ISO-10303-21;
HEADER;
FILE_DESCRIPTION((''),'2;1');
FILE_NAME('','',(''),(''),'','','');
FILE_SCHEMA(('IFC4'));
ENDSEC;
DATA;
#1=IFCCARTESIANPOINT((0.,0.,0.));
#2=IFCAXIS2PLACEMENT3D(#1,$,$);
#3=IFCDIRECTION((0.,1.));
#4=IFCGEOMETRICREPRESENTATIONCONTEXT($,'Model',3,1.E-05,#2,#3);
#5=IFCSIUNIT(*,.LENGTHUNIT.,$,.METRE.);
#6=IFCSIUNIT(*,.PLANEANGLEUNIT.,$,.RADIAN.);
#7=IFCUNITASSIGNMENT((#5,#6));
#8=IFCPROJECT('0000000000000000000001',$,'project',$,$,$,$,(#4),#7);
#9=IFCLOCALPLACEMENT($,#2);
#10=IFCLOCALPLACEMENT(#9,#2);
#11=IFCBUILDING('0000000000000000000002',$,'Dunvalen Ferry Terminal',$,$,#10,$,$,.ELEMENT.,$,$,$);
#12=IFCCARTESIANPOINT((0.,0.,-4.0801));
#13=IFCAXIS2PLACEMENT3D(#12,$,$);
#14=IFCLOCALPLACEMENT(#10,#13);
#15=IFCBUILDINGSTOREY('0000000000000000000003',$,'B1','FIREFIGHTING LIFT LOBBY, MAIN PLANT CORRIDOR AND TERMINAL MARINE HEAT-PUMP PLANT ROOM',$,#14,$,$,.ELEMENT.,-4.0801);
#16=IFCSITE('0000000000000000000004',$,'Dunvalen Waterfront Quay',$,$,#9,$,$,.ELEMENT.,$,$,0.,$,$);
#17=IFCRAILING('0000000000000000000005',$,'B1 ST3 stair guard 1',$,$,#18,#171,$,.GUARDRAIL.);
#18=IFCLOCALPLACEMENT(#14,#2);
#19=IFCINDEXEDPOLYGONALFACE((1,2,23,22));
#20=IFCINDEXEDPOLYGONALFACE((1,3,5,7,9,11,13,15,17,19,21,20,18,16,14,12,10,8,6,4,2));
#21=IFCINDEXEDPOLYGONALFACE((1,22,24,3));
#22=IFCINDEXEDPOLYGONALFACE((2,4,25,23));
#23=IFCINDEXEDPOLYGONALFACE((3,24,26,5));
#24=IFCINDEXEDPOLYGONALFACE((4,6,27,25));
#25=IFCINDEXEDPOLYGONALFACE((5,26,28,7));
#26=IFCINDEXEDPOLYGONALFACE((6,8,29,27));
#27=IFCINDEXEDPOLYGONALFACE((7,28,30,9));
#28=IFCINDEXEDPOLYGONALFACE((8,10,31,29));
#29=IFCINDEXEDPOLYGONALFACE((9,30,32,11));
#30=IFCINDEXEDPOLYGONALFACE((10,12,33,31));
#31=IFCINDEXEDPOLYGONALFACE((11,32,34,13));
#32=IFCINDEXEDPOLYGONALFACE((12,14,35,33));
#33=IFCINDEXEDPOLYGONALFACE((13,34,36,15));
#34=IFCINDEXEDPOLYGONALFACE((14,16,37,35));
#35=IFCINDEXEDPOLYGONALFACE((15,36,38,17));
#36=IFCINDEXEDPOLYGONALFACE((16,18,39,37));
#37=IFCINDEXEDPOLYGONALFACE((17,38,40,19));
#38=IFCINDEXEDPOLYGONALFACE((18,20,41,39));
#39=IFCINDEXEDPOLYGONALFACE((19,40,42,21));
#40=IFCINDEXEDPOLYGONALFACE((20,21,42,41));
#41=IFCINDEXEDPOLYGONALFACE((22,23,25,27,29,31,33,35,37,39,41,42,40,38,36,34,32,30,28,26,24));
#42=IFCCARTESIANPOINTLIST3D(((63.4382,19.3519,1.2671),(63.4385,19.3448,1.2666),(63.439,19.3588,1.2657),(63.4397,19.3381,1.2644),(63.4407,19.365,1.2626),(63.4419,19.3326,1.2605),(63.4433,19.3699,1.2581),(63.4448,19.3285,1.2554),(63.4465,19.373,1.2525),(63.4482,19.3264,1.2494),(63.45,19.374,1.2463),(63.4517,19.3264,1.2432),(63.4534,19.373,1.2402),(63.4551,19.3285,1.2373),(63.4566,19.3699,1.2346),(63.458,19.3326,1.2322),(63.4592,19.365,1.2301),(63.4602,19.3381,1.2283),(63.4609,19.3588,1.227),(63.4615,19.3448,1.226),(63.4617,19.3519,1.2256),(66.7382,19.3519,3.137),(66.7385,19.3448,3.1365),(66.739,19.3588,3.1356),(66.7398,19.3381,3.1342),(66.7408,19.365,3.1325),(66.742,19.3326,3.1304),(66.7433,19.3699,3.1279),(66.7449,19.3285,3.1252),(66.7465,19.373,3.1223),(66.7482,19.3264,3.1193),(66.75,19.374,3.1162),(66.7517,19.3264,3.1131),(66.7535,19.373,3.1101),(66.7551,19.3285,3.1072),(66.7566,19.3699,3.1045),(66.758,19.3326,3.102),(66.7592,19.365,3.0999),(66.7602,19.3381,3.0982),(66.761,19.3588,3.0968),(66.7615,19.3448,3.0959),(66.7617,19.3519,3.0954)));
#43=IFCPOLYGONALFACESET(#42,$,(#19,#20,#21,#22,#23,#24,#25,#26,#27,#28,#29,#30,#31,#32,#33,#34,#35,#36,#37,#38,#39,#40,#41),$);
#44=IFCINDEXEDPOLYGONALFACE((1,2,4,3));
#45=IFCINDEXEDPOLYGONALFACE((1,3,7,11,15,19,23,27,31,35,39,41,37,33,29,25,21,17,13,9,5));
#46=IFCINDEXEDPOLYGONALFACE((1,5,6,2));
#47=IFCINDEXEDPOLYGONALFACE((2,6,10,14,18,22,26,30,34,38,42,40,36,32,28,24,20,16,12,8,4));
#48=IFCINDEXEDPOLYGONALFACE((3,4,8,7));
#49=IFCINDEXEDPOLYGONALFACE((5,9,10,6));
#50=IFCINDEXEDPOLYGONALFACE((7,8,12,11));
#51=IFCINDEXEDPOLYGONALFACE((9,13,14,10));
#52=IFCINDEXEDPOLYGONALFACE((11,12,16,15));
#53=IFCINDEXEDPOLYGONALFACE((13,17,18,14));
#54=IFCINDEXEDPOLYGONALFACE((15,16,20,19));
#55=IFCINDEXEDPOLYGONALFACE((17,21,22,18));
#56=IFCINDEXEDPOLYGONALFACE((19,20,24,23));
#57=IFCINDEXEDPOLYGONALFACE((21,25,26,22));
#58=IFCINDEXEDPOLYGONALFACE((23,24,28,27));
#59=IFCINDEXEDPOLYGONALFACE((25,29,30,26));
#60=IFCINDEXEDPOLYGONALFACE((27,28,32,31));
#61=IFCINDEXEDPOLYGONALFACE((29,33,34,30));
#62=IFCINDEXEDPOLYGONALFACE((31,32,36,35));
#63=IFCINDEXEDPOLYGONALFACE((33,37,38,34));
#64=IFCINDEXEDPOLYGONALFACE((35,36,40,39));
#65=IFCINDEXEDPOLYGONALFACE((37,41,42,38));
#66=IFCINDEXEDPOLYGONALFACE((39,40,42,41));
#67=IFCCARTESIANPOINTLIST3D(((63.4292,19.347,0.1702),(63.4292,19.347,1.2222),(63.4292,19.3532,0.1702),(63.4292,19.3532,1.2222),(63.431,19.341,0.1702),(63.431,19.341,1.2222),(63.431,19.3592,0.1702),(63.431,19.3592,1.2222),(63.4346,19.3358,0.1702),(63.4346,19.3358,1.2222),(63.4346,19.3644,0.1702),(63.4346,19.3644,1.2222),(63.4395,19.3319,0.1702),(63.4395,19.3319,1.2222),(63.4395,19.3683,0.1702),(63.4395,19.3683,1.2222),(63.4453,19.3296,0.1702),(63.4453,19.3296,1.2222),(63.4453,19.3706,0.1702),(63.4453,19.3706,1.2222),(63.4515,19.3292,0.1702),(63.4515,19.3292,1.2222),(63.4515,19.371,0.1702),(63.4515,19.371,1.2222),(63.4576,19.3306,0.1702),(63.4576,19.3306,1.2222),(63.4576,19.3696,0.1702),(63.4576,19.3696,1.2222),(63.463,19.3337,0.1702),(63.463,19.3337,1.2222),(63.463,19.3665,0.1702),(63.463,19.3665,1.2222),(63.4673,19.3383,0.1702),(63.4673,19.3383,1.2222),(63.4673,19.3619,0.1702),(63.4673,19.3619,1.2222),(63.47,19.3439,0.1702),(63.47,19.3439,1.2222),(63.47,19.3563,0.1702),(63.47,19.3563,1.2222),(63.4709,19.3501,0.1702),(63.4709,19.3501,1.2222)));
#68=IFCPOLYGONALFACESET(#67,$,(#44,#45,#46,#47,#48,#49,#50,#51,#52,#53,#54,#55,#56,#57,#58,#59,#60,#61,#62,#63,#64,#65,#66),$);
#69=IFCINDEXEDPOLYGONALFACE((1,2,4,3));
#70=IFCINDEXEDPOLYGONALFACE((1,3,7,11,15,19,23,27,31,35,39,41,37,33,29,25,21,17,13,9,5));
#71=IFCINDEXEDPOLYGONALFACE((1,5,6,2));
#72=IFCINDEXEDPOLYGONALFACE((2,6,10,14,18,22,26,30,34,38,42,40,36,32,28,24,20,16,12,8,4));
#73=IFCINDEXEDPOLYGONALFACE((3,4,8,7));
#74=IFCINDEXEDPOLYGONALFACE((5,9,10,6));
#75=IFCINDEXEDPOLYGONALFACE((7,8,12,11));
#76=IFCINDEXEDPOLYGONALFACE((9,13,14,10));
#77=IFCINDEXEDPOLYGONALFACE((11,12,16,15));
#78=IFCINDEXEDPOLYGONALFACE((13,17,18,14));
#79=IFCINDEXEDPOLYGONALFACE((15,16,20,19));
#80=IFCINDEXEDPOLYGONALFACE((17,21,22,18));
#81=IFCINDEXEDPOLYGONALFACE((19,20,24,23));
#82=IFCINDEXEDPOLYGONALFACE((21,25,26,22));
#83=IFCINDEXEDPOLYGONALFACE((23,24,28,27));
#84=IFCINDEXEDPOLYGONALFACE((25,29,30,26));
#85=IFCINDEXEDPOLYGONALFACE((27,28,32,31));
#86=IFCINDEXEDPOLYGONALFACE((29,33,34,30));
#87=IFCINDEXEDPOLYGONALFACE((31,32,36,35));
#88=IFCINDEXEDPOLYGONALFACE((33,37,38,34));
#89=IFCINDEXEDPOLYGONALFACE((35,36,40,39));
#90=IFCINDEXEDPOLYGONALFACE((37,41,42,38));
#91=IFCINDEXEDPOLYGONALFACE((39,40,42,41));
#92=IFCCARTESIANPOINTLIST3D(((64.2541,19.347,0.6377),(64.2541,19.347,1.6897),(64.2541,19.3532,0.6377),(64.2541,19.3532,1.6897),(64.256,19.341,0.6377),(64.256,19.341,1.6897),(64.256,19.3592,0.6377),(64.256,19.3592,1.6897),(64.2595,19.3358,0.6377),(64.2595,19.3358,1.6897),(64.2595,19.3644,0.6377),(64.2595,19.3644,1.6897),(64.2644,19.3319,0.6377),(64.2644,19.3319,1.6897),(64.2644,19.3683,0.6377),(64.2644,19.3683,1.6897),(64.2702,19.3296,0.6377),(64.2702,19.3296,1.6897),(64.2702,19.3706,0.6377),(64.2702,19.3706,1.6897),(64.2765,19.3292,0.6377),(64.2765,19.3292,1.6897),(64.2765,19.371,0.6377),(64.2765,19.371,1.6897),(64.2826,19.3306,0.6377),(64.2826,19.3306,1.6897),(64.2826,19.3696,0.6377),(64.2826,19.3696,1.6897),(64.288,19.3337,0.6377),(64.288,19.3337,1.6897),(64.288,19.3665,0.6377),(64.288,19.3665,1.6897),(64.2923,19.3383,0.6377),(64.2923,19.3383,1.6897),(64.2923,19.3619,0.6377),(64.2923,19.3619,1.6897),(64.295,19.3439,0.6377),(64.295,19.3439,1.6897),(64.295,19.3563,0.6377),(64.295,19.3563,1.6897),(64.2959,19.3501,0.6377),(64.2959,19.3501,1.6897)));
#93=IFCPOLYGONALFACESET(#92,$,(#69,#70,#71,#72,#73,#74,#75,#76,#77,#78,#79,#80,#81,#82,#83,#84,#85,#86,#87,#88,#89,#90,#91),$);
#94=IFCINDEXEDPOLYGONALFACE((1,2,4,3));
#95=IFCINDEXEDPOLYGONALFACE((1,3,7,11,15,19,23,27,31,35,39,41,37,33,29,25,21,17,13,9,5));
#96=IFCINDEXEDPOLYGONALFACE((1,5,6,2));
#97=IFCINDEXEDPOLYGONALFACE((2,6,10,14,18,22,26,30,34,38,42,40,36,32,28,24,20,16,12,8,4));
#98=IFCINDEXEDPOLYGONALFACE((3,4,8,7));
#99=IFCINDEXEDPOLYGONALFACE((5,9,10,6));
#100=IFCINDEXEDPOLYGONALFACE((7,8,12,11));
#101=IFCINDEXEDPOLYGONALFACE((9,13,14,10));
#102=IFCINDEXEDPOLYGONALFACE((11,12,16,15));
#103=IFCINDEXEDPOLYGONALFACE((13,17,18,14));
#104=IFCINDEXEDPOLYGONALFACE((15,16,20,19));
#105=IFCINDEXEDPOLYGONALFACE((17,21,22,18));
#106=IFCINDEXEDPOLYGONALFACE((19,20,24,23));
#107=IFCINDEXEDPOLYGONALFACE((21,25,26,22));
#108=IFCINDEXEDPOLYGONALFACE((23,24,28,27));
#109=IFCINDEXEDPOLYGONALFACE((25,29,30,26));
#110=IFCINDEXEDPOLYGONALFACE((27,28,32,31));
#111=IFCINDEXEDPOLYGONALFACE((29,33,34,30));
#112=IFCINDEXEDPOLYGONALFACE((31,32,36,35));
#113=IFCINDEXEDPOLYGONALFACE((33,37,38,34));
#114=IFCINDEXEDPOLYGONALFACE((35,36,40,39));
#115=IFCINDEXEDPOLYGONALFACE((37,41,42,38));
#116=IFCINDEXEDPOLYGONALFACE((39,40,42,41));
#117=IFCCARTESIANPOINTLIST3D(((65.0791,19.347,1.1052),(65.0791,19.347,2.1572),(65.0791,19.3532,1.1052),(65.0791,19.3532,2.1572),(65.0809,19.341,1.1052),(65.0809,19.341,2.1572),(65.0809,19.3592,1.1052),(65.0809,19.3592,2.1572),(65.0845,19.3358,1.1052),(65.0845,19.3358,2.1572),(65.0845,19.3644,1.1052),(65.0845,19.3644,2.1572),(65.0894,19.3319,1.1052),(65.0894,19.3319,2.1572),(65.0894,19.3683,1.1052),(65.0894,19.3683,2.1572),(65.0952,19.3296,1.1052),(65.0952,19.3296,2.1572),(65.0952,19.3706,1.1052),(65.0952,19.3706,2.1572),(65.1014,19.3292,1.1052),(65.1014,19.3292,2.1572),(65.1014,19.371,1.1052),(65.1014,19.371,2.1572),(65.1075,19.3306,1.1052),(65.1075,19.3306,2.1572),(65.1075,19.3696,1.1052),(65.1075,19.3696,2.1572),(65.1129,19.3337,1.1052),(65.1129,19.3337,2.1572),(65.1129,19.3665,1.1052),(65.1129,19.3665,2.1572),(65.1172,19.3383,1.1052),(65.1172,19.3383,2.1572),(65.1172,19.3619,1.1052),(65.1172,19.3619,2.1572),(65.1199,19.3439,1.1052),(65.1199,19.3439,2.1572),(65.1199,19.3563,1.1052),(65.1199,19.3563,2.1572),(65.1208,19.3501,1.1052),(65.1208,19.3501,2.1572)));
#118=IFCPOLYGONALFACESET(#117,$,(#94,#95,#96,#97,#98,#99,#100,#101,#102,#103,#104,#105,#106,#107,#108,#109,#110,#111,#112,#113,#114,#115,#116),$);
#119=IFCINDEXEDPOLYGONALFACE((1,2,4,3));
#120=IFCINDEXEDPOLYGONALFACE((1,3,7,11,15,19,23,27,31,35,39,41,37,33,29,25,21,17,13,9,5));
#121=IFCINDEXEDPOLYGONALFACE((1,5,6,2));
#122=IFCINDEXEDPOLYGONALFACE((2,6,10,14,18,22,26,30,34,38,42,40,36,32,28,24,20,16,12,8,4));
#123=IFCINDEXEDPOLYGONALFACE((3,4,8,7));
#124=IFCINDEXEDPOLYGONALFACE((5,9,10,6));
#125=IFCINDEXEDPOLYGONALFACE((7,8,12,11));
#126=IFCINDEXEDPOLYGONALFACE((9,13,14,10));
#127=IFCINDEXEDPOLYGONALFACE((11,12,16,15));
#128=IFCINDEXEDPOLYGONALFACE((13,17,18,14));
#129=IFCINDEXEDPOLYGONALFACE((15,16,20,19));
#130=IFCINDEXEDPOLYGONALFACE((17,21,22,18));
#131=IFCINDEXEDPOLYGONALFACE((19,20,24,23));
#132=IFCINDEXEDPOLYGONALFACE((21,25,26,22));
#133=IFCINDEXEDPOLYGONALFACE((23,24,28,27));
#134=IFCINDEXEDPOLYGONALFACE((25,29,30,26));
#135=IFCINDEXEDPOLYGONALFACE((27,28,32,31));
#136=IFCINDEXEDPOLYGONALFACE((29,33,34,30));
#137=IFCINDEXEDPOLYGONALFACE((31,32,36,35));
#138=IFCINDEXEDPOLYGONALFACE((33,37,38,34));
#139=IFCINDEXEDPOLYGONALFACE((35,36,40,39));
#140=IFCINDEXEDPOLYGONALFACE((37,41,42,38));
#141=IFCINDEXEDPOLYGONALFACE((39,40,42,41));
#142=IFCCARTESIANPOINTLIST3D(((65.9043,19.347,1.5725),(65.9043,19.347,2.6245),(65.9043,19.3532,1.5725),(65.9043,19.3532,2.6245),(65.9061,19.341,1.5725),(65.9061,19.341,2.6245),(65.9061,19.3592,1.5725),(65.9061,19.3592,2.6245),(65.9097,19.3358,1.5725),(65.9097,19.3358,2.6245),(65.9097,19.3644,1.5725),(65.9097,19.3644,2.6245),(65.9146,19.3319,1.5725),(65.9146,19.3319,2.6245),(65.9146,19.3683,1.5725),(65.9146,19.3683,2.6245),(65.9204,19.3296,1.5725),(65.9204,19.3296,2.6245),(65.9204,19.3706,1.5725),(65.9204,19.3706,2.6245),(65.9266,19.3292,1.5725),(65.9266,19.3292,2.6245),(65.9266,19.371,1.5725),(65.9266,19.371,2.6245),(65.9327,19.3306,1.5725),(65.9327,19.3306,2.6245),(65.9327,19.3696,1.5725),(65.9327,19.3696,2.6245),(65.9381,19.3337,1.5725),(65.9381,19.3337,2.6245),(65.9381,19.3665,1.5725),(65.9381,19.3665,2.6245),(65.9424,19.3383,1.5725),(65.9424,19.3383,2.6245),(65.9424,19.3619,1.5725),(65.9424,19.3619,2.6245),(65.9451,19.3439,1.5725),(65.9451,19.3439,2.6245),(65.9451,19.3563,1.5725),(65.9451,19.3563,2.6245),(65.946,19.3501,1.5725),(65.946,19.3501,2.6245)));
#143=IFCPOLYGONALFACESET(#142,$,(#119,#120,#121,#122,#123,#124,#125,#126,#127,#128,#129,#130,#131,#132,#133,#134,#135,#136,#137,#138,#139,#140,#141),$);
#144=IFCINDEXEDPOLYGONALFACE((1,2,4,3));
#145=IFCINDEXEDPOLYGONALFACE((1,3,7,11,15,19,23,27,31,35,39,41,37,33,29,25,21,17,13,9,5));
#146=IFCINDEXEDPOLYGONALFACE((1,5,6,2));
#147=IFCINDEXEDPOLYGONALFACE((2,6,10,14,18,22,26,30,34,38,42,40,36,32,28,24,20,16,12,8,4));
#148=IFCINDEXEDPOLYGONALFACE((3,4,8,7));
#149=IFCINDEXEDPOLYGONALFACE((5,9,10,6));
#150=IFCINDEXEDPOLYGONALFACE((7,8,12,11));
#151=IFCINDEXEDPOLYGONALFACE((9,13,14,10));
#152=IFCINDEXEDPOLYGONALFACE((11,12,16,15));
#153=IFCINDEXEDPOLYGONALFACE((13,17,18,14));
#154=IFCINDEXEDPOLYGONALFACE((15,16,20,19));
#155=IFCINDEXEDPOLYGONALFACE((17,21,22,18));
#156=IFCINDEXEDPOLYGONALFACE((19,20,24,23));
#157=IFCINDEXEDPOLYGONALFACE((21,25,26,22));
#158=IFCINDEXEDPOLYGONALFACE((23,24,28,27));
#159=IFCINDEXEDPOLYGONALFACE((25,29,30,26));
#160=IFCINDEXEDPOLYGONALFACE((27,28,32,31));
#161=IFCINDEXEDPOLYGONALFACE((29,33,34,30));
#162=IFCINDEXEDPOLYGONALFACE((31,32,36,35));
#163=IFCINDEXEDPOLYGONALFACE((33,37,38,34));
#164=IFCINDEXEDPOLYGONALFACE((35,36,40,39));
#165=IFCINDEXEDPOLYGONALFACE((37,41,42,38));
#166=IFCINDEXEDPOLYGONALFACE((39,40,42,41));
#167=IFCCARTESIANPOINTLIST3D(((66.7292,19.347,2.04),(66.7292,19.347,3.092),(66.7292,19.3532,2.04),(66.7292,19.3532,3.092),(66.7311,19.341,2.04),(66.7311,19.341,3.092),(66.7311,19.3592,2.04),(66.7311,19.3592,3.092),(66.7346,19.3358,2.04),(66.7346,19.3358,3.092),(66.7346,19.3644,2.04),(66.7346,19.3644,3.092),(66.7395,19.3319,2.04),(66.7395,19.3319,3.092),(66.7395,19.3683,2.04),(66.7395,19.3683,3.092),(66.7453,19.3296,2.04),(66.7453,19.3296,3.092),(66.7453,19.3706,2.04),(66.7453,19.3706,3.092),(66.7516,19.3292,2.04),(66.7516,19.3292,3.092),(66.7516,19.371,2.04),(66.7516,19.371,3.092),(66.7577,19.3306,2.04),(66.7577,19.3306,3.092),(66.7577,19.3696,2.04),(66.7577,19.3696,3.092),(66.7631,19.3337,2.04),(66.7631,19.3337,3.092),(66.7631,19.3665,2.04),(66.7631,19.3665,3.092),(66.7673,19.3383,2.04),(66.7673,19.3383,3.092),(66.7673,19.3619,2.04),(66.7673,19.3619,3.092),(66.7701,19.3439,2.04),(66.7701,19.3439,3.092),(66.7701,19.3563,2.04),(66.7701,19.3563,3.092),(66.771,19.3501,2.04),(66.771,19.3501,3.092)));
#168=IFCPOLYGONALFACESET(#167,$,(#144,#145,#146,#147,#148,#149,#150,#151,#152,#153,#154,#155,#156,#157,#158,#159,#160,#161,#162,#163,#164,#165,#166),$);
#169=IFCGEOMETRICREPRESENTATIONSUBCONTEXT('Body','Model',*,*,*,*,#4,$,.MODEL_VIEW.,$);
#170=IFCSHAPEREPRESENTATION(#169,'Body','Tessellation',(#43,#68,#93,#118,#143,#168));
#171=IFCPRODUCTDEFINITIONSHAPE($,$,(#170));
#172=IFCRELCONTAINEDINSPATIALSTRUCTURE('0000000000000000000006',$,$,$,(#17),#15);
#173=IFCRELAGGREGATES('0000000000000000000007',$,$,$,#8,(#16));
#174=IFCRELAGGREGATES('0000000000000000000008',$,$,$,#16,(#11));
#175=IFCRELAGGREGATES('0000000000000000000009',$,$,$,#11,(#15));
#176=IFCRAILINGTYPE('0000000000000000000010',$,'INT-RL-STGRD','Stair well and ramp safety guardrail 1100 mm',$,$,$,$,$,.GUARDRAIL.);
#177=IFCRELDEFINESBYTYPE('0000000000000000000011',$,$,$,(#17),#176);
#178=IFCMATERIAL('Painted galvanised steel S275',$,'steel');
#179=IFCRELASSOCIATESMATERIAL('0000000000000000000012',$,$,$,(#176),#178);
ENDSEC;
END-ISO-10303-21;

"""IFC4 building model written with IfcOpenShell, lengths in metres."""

from ifc_helpers import new_model, si_unit, direction, frame, origin, origin_2d, place, context, subcontext, project, spatial, circle, extrude, material, type_object, element, save


model = new_model("IFC4")

# Units and contexts
model_context = context("Model", 3, precision=1e-05, world=origin(), true_north=direction((0.0, 1.0)))
body_context = subcontext(model_context, "Body", "Model", "MODEL_VIEW")
ifc_project = project(units=[si_unit("LENGTHUNIT", "METRE"), si_unit("PLANEANGLEUNIT", "RADIAN")], contexts=[model_context])

# Site, building, storey
site_placement = place(None, origin())
site = spatial("IfcSite", under=ifc_project, at=site_placement, Name="Dunvalen Waterfront Quay", CompositionType="ELEMENT", RefElevation=0.0)
building_placement = place(site_placement, origin())
building = spatial("IfcBuilding", under=site, at=building_placement, Name="Dunvalen Ferry Terminal", CompositionType="ELEMENT")
storey_placement = place(building_placement, frame((0.0, 0.0, -4.0801)))
storey = spatial("IfcBuildingStorey", under=building, at=storey_placement, Name="B1", Description="FIREFIGHTING LIFT LOBBY, MAIN PLANT CORRIDOR AND TERMINAL MARINE HEAT-PUMP PLANT ROOM", CompositionType="ELEMENT", Elevation=-4.0801)

# Railing
ifc_material_1 = material(Name="Painted galvanised steel S275", Category="steel")
railing_type_1 = type_object("IfcRailingType", Name="INT-RL-STGRD", Description="Stair well and ramp safety guardrail 1100 mm", PredefinedType="GUARDRAIL", material=ifc_material_1)
railing_1_placement = place(storey_placement, frame((63.45, 19.3501, 0.1702)))
element("IfcRailing", 1, at=railing_1_placement, inside=storey, type_object=railing_type_1, Name="B1 ST3 stair guard 1", PredefinedType="GUARDRAIL", context=body_context, shape_type="SweptSolid", body=[
    extrude(circle(Radius=0.0239, at=origin_2d()), frame((0.0, 0.0, 1.0762), z_axis=(0.87004, 0.0, 0.492982), x_axis=(0.0, 1.0, 0.0)), (0.0, 0.0, 1.0), 3.793),
    extrude(circle(Radius=0.021, at=origin_2d()), origin(), (0.0, 0.0, 1.0), 1.052),
    extrude(circle(Radius=0.021, at=origin_2d()), frame((0.825, 0.0, 0.4675)), (0.0, 0.0, 1.0), 1.052),
    extrude(circle(Radius=0.021, at=origin_2d()), frame((1.6499, 0.0, 0.9351)), (0.0, 0.0, 1.0), 1.052),
    extrude(circle(Radius=0.021, at=origin_2d()), frame((2.4751, 0.0, 1.4023)), (0.0, 0.0, 1.0), 1.052),
    extrude(circle(Radius=0.021, at=origin_2d()), frame((3.3, 0.0, 1.8699)), (0.0, 0.0, 1.0), 1.052),
])

save(model, "model.ifc")
